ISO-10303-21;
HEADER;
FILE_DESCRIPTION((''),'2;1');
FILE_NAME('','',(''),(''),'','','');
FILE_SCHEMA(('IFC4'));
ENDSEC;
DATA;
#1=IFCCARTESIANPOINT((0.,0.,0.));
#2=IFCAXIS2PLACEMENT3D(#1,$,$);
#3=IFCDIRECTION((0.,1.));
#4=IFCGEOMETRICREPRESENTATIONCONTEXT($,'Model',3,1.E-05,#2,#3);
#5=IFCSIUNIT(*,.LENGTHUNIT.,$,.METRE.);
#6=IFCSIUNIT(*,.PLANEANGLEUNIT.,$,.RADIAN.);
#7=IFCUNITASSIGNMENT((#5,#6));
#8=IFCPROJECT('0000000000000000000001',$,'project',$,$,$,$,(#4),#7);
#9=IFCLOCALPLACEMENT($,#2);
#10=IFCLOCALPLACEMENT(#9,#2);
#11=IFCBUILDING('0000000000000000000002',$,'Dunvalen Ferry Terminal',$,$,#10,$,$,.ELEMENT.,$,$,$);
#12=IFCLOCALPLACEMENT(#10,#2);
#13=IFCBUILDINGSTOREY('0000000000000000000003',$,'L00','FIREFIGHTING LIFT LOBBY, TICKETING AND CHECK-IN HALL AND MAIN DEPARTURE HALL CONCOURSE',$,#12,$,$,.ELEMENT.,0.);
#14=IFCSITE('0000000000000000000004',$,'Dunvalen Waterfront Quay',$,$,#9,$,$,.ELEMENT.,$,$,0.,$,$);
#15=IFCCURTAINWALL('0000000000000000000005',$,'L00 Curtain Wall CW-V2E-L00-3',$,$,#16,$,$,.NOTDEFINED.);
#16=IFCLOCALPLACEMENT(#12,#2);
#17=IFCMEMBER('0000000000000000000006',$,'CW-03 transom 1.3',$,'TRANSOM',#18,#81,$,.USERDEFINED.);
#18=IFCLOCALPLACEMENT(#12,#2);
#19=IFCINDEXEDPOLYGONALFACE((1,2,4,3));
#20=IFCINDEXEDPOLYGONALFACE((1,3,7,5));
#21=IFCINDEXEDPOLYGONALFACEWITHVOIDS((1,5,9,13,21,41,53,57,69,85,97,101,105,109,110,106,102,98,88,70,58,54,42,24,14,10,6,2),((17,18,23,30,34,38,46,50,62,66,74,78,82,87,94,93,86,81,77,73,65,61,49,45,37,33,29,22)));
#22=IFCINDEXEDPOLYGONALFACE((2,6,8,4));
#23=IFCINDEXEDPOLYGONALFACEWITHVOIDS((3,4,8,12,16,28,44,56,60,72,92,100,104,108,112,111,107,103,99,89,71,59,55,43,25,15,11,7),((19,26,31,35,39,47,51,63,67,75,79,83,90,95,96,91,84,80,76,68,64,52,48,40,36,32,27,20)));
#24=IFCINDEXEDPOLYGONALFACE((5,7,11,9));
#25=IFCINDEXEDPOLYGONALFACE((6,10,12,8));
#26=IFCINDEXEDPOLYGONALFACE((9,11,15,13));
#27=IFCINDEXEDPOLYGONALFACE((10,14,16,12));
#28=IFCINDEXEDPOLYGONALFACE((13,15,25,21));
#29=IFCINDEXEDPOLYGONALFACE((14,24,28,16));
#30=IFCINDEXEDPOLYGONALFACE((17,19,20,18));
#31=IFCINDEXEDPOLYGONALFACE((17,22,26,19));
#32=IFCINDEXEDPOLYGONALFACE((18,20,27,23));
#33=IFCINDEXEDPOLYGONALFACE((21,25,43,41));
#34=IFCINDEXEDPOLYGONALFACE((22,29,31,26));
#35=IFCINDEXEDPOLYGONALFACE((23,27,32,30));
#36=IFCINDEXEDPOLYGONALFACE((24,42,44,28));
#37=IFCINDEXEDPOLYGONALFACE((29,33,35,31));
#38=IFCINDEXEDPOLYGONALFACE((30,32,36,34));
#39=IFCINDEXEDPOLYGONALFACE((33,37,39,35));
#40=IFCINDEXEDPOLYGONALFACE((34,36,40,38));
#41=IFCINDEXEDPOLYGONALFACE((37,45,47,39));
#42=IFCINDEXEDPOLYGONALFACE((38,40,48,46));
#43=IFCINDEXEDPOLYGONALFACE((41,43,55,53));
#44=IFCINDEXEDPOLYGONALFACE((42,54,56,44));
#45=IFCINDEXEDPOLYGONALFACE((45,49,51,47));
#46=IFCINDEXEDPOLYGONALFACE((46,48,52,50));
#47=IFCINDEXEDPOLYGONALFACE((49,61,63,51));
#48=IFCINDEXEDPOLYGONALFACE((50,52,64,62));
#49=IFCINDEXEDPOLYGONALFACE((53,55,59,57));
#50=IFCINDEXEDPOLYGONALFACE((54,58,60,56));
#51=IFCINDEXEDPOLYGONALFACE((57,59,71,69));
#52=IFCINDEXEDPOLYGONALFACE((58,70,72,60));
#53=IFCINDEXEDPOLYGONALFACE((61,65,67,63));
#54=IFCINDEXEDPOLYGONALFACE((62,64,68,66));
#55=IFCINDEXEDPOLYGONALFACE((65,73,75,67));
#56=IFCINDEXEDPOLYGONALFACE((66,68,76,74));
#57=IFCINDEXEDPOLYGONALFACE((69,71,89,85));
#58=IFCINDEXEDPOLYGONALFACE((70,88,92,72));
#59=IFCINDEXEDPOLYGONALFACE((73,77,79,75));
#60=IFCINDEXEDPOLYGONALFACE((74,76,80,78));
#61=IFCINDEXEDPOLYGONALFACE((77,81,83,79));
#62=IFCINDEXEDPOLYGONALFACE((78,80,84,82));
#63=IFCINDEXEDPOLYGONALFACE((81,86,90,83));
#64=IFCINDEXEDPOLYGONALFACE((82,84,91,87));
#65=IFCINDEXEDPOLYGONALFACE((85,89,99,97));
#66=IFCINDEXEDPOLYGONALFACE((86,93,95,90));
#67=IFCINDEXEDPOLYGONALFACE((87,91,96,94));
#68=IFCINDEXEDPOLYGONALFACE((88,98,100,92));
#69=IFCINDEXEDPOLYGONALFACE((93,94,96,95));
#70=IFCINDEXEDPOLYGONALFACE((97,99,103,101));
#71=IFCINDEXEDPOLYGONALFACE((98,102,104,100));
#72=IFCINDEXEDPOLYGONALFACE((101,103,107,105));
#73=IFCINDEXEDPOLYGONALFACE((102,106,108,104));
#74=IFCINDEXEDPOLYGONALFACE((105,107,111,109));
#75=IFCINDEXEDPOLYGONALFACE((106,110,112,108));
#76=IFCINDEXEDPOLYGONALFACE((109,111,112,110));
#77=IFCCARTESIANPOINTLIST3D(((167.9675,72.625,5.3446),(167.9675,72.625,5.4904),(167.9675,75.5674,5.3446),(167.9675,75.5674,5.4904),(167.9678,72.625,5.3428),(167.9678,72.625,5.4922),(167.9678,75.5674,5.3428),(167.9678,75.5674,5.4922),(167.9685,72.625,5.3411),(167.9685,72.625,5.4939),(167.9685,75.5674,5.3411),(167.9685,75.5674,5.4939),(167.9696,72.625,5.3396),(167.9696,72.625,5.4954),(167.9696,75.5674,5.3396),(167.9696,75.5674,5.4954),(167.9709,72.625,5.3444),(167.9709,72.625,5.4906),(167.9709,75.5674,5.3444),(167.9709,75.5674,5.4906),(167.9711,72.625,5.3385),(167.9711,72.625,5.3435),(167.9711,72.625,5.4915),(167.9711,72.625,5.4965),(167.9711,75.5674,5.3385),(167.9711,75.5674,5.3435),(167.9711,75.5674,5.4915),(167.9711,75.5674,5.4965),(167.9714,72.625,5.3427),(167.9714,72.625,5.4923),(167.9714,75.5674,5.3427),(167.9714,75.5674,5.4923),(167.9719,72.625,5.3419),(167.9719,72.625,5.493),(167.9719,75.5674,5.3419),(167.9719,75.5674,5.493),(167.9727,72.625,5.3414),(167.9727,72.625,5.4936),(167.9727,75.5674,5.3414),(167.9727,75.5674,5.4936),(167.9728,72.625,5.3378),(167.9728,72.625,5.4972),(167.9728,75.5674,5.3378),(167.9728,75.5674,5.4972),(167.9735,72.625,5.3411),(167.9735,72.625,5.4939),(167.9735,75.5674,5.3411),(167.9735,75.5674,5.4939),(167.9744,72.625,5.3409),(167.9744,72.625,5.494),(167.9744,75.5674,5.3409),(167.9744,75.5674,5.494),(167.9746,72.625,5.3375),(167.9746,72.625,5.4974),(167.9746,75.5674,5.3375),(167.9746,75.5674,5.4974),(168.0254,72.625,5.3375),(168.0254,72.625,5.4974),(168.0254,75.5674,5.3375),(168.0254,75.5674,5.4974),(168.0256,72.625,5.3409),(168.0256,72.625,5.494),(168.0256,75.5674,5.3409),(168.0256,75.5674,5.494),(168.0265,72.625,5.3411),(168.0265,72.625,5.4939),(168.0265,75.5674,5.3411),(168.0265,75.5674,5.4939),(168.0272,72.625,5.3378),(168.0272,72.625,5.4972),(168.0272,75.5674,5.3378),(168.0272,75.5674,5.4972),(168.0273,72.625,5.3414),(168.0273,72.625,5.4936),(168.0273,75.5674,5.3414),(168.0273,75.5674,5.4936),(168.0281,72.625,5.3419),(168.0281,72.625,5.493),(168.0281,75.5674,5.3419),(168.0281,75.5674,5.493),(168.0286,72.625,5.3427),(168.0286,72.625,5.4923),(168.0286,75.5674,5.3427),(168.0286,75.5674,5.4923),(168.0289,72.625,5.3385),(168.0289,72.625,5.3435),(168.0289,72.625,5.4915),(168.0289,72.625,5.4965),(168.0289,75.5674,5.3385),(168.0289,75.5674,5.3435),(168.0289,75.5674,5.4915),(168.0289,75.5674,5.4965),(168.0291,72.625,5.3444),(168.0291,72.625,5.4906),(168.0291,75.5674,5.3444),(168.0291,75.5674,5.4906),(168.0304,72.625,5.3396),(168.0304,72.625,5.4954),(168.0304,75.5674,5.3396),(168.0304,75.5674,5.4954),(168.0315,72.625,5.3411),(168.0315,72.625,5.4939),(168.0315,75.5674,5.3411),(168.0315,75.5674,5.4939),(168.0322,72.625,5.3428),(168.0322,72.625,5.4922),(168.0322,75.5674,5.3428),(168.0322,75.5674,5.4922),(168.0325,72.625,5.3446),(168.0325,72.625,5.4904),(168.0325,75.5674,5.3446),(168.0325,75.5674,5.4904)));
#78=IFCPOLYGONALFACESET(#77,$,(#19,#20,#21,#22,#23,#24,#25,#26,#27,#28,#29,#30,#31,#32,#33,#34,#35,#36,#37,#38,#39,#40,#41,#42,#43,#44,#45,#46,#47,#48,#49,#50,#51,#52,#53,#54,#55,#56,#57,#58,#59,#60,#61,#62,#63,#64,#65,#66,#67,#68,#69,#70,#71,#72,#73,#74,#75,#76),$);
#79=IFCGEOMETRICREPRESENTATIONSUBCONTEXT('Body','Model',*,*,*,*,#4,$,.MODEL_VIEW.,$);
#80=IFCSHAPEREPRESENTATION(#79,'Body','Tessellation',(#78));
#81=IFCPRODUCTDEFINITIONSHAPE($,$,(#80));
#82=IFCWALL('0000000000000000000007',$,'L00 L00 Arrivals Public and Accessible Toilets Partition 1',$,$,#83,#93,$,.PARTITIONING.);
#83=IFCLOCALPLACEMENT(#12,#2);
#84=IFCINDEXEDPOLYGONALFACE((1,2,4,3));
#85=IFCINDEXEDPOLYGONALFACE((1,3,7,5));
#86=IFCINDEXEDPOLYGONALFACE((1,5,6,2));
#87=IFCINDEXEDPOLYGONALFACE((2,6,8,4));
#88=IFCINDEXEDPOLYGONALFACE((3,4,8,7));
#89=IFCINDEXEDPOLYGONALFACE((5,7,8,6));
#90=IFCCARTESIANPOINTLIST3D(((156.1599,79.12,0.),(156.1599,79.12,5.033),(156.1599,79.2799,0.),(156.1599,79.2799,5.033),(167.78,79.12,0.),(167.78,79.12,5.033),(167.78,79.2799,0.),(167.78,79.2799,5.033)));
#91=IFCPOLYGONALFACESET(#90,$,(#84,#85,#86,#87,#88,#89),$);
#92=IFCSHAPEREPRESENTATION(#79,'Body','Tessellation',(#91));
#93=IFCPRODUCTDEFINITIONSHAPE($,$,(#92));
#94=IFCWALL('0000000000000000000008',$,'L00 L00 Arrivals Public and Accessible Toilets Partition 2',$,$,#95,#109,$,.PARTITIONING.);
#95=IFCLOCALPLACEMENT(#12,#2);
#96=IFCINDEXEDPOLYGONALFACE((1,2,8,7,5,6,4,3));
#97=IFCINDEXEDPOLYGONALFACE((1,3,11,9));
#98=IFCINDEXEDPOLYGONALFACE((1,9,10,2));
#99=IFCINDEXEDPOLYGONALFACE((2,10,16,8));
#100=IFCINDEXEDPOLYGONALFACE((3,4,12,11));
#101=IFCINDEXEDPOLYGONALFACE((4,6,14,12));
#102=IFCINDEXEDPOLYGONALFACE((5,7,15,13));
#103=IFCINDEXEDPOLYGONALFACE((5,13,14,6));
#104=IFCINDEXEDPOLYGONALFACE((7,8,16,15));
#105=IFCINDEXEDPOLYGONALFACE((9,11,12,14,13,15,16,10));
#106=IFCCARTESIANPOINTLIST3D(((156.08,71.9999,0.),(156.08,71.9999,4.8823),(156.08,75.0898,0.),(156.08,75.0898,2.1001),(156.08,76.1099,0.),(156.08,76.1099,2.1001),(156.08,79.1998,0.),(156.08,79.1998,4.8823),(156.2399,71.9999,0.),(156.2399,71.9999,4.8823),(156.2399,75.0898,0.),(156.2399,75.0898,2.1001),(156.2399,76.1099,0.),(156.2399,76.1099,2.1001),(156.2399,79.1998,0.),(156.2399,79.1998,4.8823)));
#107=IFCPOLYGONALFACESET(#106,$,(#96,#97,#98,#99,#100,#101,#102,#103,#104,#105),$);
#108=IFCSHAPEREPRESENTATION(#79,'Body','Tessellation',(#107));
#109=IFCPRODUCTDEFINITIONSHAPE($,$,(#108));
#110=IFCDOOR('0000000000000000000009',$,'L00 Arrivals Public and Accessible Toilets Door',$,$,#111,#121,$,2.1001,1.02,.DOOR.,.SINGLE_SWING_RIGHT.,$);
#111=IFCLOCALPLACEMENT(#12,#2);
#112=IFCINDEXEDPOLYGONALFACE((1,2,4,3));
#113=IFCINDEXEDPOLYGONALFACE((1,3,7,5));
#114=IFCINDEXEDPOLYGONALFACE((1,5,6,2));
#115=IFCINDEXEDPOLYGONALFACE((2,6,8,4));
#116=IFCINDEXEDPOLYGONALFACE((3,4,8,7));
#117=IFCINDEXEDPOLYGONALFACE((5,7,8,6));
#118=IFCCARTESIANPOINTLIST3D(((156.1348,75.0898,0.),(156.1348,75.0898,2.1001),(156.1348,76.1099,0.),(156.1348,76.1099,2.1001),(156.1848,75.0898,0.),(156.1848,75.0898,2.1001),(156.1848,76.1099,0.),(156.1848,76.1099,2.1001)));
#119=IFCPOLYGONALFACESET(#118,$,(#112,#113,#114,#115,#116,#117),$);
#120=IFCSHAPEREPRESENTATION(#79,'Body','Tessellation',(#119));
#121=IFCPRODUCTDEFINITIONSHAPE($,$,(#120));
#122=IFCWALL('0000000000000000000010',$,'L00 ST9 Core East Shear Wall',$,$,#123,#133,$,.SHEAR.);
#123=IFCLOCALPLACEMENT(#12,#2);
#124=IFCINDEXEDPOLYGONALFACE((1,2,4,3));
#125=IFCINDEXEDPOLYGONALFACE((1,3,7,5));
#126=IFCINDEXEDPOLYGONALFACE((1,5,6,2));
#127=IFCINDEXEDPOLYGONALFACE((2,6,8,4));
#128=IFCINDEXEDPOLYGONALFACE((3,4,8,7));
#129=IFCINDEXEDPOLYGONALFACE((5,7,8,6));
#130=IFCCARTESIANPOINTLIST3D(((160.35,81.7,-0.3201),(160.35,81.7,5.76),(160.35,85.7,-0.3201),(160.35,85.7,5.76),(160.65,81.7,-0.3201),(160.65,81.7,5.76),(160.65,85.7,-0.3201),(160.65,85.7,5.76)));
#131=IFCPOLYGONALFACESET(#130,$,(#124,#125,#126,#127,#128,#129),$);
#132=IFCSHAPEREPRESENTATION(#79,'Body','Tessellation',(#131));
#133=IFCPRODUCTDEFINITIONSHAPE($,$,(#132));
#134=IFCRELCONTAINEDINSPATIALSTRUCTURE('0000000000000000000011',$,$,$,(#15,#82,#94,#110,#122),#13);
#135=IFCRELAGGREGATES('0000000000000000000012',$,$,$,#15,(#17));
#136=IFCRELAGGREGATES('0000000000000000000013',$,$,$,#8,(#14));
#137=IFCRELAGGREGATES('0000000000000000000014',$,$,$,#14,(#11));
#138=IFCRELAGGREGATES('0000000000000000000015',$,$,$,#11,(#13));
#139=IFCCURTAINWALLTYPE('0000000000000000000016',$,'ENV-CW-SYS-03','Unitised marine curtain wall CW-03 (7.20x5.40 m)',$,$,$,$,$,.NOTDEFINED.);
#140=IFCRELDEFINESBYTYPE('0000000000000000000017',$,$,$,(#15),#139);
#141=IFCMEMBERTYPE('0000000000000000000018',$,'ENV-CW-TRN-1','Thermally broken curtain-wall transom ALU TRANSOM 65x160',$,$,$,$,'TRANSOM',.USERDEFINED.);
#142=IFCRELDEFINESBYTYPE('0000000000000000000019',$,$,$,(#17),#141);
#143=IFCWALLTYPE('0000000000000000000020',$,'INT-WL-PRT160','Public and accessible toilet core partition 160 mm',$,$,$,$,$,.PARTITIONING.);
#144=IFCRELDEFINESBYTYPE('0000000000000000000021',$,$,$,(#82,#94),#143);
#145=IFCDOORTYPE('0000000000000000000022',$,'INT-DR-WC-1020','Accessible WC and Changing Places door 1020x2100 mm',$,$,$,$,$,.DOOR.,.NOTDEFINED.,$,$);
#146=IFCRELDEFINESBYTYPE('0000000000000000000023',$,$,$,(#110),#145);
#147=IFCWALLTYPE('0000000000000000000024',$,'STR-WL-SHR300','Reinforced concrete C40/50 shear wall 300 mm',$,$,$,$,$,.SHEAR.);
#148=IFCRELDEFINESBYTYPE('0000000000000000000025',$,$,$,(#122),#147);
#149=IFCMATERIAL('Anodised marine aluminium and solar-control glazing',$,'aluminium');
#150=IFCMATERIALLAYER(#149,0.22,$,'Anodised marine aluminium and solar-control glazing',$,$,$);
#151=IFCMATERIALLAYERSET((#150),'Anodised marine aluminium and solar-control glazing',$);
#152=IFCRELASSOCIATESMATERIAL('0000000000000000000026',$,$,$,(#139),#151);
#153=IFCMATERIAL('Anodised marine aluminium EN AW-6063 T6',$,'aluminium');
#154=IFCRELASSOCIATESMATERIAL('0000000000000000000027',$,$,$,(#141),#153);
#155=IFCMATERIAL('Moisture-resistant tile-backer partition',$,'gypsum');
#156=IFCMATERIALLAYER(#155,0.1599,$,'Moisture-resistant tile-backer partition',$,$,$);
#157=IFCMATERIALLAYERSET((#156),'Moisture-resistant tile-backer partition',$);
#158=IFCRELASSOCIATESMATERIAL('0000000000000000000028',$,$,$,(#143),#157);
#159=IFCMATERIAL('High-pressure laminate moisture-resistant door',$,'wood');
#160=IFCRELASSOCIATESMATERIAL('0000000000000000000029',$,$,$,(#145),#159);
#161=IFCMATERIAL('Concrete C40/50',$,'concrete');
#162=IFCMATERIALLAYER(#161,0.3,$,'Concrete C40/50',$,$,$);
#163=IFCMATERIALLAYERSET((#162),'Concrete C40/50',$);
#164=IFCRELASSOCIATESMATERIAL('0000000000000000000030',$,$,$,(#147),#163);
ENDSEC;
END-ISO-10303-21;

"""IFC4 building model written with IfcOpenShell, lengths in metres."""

from ifc_helpers import new_model, si_unit, direction, frame, frame_2d, origin, origin_2d, place, context, subcontext, project, spatial, rectangle, hollow_rectangle, extrude, material, layer, layer_set, material_profile, profile_set, type_object, element, fill, aggregate, save


model = new_model("IFC4")

# Units and contexts
model_context = context("Model", 3, precision=1e-05, world=origin(), true_north=direction((0.0, 1.0)))
body_context = subcontext(model_context, "Body", "Model", "MODEL_VIEW")
ifc_project = project(units=[si_unit("LENGTHUNIT", "METRE"), si_unit("PLANEANGLEUNIT", "RADIAN")], contexts=[model_context])

# Site, building, storey
site_placement = place(None, origin())
site = spatial("IfcSite", under=ifc_project, at=site_placement, Name="Dunvalen Waterfront Quay", CompositionType="ELEMENT", RefElevation=0.0)
building_placement = place(site_placement, origin())
building = spatial("IfcBuilding", under=site, at=building_placement, Name="Dunvalen Ferry Terminal", CompositionType="ELEMENT")
storey_placement = place(building_placement, origin())
storey = spatial("IfcBuildingStorey", under=building, at=storey_placement, Name="L00", Description="FIREFIGHTING LIFT LOBBY, TICKETING AND CHECK-IN HALL AND MAIN DEPARTURE HALL CONCOURSE", CompositionType="ELEMENT", Elevation=0.0)

# Shared definitions
ifc_material_1 = material(Name="Concrete C40/50", Category="concrete")

# Curtain wall, member
ifc_material_2 = material(Name="Anodised marine aluminium and solar-control glazing", Category="aluminium")
ifc_layer_1 = layer(ifc_material_2, 0.22, Name="Anodised marine aluminium and solar-control glazing")
ifc_layer_set_1 = layer_set([ifc_layer_1], Name="Anodised marine aluminium and solar-control glazing")
curtain_wall_type = type_object("IfcCurtainWallType", Name="ENV-CW-SYS-03", Description="Unitised marine curtain wall CW-03 (7.20x5.40 m)", PredefinedType="NOTDEFINED", material=ifc_layer_set_1)
curtain_wall_placement = place(storey_placement, origin())
curtain_wall = element("IfcCurtainWall", 1, at=curtain_wall_placement, inside=storey, type_object=curtain_wall_type, Name="L00 Curtain Wall CW-V2E-L00-3", PredefinedType="NOTDEFINED")
ifc_material_3 = material(Name="Anodised marine aluminium EN AW-6063 T6", Category="aluminium")
ifc_material_profile_1 = material_profile(ifc_material_3, hollow_rectangle(XDim=0.0649, YDim=0.1599, WallThickness=0.0034, InnerFilletRadius=0.0034, OuterFilletRadius=0.0071, at=origin_2d()), Name="Anodised marine aluminium EN AW-6063 T6")
ifc_profile_set_1 = profile_set([ifc_material_profile_1], Name="Anodised marine aluminium EN AW-6063 T6")
member_type = type_object("IfcMemberType", Name="ENV-CW-TRN-1", Description="Thermally broken curtain-wall transom ALU TRANSOM 65x160", ElementType="TRANSOM", PredefinedType="USERDEFINED", material=ifc_profile_set_1)
member_1_placement = place(storey_placement, frame((168.0, 72.625, 5.4175), z_axis=(0.0, 1.0, 0.0), x_axis=(-1.0, 0.0, 0.0)))
member_1 = element("IfcMember", 2, at=member_1_placement, type_object=member_type, Name="CW-03 transom 1.3", ObjectType="TRANSOM", PredefinedType="USERDEFINED", context=body_context, shape_type="SweptSolid", body=[
    extrude(hollow_rectangle(XDim=0.0649, YDim=0.1599, WallThickness=0.0034, InnerFilletRadius=0.0034, OuterFilletRadius=0.0071, at=origin_2d()), origin(), (0.0, 0.0, 1.0), 2.9424),
])
aggregate(curtain_wall, [member_1])

# Wall
ifc_material_4 = material(Name="Moisture-resistant tile-backer partition", Category="gypsum")
ifc_layer_2 = layer(ifc_material_4, 0.1599, Name="Moisture-resistant tile-backer partition")
ifc_layer_set_2 = layer_set([ifc_layer_2], Name="Moisture-resistant tile-backer partition")
wall_type_1 = type_object("IfcWallType", Name="INT-WL-PRT160", Description="Public and accessible toilet core partition 160 mm", PredefinedType="PARTITIONING", material=ifc_layer_set_2)
wall_1_placement = place(storey_placement, frame((167.78, 79.2, 0.0), z_axis=(0.0, 0.0, 1.0), x_axis=(-1.0, 0.0, 0.0)))
element("IfcWall", 3, at=wall_1_placement, inside=storey, type_object=wall_type_1, Name="L00 L00 Arrivals Public and Accessible Toilets Partition 1", PredefinedType="PARTITIONING", context=body_context, shape_type="SweptSolid", body=[
    extrude(rectangle(XDim=11.6201, YDim=0.1599, at=frame_2d((5.8101, 0.0))), origin(), (0.0, 0.0, 1.0), 5.033),
])

# Wall, opening, door
wall_2_placement = place(storey_placement, frame((156.1599, 79.2, 0.0), z_axis=(0.0, 0.0, 1.0), x_axis=(0.0, -1.0, 0.0)))
wall_2 = element("IfcWall", 4, at=wall_2_placement, inside=storey, type_object=wall_type_1, Name="L00 L00 Arrivals Public and Accessible Toilets Partition 2", PredefinedType="PARTITIONING", context=body_context, shape_type="SweptSolid", body=[
    extrude(rectangle(XDim=7.2, YDim=0.1599, at=frame_2d((3.6001, 0.0))), origin(), (0.0, 0.0, 1.0), 4.8823),
])
opening_placement = place(wall_2_placement, frame((3.0901, 0.0, 0.0)))
opening = element("IfcOpeningElement", 5, at=opening_placement, cuts=wall_2, PredefinedType="OPENING", context=body_context, shape_type="SweptSolid", body=[
    extrude(rectangle(XDim=1.02, YDim=2.1001, at=frame_2d((0.51, 1.05))), frame((0.0, 0.0898, 0.0), z_axis=(0.0, -1.0, 0.0), x_axis=(1.0, 0.0, 0.0)), (0.0, 0.0, 1.0), 0.1799),
])
ifc_material_5 = material(Name="High-pressure laminate moisture-resistant door", Category="wood")
door_type = type_object("IfcDoorType", Name="INT-DR-WC-1020", Description="Accessible WC and Changing Places door 1020x2100 mm", OperationType="NOTDEFINED", PredefinedType="DOOR", material=ifc_material_5)
door_placement = place(opening_placement, origin())
door = element("IfcDoor", 6, at=door_placement, inside=storey, type_object=door_type, Name="L00 Arrivals Public and Accessible Toilets Door", OperationType="SINGLE_SWING_RIGHT", OverallHeight=2.1001, OverallWidth=1.02, PredefinedType="DOOR", context=body_context, shape_type="SweptSolid", body=[
    extrude(rectangle(XDim=1.02, YDim=2.1001, at=frame_2d((0.51, 1.05))), frame((0.0, 0.0249, 0.0), z_axis=(0.0, -1.0, 0.0), x_axis=(1.0, 0.0, 0.0)), (0.0, 0.0, 1.0), 0.05),
])
fill(opening, door)

# Wall
ifc_layer_3 = layer(ifc_material_1, 0.3, Name="Concrete C40/50")
ifc_layer_set_3 = layer_set([ifc_layer_3], Name="Concrete C40/50")
wall_type_2 = type_object("IfcWallType", Name="STR-WL-SHR300", Description="Reinforced concrete C40/50 shear wall 300 mm", PredefinedType="SHEAR", material=ifc_layer_set_3)
wall_3_placement = place(storey_placement, frame((160.5, 81.7, -0.3201), z_axis=(0.0, 0.0, 1.0), x_axis=(0.0, 1.0, 0.0)))
element("IfcWall", 7, at=wall_3_placement, inside=storey, type_object=wall_type_2, Name="L00 ST9 Core East Shear Wall", PredefinedType="SHEAR", context=body_context, shape_type="SweptSolid", body=[
    extrude(rectangle(XDim=4.0, YDim=0.3, at=frame_2d((2.0, 0.0))), origin(), (0.0, 0.0, 1.0), 6.0801),
])

save(model, "model.ifc")
